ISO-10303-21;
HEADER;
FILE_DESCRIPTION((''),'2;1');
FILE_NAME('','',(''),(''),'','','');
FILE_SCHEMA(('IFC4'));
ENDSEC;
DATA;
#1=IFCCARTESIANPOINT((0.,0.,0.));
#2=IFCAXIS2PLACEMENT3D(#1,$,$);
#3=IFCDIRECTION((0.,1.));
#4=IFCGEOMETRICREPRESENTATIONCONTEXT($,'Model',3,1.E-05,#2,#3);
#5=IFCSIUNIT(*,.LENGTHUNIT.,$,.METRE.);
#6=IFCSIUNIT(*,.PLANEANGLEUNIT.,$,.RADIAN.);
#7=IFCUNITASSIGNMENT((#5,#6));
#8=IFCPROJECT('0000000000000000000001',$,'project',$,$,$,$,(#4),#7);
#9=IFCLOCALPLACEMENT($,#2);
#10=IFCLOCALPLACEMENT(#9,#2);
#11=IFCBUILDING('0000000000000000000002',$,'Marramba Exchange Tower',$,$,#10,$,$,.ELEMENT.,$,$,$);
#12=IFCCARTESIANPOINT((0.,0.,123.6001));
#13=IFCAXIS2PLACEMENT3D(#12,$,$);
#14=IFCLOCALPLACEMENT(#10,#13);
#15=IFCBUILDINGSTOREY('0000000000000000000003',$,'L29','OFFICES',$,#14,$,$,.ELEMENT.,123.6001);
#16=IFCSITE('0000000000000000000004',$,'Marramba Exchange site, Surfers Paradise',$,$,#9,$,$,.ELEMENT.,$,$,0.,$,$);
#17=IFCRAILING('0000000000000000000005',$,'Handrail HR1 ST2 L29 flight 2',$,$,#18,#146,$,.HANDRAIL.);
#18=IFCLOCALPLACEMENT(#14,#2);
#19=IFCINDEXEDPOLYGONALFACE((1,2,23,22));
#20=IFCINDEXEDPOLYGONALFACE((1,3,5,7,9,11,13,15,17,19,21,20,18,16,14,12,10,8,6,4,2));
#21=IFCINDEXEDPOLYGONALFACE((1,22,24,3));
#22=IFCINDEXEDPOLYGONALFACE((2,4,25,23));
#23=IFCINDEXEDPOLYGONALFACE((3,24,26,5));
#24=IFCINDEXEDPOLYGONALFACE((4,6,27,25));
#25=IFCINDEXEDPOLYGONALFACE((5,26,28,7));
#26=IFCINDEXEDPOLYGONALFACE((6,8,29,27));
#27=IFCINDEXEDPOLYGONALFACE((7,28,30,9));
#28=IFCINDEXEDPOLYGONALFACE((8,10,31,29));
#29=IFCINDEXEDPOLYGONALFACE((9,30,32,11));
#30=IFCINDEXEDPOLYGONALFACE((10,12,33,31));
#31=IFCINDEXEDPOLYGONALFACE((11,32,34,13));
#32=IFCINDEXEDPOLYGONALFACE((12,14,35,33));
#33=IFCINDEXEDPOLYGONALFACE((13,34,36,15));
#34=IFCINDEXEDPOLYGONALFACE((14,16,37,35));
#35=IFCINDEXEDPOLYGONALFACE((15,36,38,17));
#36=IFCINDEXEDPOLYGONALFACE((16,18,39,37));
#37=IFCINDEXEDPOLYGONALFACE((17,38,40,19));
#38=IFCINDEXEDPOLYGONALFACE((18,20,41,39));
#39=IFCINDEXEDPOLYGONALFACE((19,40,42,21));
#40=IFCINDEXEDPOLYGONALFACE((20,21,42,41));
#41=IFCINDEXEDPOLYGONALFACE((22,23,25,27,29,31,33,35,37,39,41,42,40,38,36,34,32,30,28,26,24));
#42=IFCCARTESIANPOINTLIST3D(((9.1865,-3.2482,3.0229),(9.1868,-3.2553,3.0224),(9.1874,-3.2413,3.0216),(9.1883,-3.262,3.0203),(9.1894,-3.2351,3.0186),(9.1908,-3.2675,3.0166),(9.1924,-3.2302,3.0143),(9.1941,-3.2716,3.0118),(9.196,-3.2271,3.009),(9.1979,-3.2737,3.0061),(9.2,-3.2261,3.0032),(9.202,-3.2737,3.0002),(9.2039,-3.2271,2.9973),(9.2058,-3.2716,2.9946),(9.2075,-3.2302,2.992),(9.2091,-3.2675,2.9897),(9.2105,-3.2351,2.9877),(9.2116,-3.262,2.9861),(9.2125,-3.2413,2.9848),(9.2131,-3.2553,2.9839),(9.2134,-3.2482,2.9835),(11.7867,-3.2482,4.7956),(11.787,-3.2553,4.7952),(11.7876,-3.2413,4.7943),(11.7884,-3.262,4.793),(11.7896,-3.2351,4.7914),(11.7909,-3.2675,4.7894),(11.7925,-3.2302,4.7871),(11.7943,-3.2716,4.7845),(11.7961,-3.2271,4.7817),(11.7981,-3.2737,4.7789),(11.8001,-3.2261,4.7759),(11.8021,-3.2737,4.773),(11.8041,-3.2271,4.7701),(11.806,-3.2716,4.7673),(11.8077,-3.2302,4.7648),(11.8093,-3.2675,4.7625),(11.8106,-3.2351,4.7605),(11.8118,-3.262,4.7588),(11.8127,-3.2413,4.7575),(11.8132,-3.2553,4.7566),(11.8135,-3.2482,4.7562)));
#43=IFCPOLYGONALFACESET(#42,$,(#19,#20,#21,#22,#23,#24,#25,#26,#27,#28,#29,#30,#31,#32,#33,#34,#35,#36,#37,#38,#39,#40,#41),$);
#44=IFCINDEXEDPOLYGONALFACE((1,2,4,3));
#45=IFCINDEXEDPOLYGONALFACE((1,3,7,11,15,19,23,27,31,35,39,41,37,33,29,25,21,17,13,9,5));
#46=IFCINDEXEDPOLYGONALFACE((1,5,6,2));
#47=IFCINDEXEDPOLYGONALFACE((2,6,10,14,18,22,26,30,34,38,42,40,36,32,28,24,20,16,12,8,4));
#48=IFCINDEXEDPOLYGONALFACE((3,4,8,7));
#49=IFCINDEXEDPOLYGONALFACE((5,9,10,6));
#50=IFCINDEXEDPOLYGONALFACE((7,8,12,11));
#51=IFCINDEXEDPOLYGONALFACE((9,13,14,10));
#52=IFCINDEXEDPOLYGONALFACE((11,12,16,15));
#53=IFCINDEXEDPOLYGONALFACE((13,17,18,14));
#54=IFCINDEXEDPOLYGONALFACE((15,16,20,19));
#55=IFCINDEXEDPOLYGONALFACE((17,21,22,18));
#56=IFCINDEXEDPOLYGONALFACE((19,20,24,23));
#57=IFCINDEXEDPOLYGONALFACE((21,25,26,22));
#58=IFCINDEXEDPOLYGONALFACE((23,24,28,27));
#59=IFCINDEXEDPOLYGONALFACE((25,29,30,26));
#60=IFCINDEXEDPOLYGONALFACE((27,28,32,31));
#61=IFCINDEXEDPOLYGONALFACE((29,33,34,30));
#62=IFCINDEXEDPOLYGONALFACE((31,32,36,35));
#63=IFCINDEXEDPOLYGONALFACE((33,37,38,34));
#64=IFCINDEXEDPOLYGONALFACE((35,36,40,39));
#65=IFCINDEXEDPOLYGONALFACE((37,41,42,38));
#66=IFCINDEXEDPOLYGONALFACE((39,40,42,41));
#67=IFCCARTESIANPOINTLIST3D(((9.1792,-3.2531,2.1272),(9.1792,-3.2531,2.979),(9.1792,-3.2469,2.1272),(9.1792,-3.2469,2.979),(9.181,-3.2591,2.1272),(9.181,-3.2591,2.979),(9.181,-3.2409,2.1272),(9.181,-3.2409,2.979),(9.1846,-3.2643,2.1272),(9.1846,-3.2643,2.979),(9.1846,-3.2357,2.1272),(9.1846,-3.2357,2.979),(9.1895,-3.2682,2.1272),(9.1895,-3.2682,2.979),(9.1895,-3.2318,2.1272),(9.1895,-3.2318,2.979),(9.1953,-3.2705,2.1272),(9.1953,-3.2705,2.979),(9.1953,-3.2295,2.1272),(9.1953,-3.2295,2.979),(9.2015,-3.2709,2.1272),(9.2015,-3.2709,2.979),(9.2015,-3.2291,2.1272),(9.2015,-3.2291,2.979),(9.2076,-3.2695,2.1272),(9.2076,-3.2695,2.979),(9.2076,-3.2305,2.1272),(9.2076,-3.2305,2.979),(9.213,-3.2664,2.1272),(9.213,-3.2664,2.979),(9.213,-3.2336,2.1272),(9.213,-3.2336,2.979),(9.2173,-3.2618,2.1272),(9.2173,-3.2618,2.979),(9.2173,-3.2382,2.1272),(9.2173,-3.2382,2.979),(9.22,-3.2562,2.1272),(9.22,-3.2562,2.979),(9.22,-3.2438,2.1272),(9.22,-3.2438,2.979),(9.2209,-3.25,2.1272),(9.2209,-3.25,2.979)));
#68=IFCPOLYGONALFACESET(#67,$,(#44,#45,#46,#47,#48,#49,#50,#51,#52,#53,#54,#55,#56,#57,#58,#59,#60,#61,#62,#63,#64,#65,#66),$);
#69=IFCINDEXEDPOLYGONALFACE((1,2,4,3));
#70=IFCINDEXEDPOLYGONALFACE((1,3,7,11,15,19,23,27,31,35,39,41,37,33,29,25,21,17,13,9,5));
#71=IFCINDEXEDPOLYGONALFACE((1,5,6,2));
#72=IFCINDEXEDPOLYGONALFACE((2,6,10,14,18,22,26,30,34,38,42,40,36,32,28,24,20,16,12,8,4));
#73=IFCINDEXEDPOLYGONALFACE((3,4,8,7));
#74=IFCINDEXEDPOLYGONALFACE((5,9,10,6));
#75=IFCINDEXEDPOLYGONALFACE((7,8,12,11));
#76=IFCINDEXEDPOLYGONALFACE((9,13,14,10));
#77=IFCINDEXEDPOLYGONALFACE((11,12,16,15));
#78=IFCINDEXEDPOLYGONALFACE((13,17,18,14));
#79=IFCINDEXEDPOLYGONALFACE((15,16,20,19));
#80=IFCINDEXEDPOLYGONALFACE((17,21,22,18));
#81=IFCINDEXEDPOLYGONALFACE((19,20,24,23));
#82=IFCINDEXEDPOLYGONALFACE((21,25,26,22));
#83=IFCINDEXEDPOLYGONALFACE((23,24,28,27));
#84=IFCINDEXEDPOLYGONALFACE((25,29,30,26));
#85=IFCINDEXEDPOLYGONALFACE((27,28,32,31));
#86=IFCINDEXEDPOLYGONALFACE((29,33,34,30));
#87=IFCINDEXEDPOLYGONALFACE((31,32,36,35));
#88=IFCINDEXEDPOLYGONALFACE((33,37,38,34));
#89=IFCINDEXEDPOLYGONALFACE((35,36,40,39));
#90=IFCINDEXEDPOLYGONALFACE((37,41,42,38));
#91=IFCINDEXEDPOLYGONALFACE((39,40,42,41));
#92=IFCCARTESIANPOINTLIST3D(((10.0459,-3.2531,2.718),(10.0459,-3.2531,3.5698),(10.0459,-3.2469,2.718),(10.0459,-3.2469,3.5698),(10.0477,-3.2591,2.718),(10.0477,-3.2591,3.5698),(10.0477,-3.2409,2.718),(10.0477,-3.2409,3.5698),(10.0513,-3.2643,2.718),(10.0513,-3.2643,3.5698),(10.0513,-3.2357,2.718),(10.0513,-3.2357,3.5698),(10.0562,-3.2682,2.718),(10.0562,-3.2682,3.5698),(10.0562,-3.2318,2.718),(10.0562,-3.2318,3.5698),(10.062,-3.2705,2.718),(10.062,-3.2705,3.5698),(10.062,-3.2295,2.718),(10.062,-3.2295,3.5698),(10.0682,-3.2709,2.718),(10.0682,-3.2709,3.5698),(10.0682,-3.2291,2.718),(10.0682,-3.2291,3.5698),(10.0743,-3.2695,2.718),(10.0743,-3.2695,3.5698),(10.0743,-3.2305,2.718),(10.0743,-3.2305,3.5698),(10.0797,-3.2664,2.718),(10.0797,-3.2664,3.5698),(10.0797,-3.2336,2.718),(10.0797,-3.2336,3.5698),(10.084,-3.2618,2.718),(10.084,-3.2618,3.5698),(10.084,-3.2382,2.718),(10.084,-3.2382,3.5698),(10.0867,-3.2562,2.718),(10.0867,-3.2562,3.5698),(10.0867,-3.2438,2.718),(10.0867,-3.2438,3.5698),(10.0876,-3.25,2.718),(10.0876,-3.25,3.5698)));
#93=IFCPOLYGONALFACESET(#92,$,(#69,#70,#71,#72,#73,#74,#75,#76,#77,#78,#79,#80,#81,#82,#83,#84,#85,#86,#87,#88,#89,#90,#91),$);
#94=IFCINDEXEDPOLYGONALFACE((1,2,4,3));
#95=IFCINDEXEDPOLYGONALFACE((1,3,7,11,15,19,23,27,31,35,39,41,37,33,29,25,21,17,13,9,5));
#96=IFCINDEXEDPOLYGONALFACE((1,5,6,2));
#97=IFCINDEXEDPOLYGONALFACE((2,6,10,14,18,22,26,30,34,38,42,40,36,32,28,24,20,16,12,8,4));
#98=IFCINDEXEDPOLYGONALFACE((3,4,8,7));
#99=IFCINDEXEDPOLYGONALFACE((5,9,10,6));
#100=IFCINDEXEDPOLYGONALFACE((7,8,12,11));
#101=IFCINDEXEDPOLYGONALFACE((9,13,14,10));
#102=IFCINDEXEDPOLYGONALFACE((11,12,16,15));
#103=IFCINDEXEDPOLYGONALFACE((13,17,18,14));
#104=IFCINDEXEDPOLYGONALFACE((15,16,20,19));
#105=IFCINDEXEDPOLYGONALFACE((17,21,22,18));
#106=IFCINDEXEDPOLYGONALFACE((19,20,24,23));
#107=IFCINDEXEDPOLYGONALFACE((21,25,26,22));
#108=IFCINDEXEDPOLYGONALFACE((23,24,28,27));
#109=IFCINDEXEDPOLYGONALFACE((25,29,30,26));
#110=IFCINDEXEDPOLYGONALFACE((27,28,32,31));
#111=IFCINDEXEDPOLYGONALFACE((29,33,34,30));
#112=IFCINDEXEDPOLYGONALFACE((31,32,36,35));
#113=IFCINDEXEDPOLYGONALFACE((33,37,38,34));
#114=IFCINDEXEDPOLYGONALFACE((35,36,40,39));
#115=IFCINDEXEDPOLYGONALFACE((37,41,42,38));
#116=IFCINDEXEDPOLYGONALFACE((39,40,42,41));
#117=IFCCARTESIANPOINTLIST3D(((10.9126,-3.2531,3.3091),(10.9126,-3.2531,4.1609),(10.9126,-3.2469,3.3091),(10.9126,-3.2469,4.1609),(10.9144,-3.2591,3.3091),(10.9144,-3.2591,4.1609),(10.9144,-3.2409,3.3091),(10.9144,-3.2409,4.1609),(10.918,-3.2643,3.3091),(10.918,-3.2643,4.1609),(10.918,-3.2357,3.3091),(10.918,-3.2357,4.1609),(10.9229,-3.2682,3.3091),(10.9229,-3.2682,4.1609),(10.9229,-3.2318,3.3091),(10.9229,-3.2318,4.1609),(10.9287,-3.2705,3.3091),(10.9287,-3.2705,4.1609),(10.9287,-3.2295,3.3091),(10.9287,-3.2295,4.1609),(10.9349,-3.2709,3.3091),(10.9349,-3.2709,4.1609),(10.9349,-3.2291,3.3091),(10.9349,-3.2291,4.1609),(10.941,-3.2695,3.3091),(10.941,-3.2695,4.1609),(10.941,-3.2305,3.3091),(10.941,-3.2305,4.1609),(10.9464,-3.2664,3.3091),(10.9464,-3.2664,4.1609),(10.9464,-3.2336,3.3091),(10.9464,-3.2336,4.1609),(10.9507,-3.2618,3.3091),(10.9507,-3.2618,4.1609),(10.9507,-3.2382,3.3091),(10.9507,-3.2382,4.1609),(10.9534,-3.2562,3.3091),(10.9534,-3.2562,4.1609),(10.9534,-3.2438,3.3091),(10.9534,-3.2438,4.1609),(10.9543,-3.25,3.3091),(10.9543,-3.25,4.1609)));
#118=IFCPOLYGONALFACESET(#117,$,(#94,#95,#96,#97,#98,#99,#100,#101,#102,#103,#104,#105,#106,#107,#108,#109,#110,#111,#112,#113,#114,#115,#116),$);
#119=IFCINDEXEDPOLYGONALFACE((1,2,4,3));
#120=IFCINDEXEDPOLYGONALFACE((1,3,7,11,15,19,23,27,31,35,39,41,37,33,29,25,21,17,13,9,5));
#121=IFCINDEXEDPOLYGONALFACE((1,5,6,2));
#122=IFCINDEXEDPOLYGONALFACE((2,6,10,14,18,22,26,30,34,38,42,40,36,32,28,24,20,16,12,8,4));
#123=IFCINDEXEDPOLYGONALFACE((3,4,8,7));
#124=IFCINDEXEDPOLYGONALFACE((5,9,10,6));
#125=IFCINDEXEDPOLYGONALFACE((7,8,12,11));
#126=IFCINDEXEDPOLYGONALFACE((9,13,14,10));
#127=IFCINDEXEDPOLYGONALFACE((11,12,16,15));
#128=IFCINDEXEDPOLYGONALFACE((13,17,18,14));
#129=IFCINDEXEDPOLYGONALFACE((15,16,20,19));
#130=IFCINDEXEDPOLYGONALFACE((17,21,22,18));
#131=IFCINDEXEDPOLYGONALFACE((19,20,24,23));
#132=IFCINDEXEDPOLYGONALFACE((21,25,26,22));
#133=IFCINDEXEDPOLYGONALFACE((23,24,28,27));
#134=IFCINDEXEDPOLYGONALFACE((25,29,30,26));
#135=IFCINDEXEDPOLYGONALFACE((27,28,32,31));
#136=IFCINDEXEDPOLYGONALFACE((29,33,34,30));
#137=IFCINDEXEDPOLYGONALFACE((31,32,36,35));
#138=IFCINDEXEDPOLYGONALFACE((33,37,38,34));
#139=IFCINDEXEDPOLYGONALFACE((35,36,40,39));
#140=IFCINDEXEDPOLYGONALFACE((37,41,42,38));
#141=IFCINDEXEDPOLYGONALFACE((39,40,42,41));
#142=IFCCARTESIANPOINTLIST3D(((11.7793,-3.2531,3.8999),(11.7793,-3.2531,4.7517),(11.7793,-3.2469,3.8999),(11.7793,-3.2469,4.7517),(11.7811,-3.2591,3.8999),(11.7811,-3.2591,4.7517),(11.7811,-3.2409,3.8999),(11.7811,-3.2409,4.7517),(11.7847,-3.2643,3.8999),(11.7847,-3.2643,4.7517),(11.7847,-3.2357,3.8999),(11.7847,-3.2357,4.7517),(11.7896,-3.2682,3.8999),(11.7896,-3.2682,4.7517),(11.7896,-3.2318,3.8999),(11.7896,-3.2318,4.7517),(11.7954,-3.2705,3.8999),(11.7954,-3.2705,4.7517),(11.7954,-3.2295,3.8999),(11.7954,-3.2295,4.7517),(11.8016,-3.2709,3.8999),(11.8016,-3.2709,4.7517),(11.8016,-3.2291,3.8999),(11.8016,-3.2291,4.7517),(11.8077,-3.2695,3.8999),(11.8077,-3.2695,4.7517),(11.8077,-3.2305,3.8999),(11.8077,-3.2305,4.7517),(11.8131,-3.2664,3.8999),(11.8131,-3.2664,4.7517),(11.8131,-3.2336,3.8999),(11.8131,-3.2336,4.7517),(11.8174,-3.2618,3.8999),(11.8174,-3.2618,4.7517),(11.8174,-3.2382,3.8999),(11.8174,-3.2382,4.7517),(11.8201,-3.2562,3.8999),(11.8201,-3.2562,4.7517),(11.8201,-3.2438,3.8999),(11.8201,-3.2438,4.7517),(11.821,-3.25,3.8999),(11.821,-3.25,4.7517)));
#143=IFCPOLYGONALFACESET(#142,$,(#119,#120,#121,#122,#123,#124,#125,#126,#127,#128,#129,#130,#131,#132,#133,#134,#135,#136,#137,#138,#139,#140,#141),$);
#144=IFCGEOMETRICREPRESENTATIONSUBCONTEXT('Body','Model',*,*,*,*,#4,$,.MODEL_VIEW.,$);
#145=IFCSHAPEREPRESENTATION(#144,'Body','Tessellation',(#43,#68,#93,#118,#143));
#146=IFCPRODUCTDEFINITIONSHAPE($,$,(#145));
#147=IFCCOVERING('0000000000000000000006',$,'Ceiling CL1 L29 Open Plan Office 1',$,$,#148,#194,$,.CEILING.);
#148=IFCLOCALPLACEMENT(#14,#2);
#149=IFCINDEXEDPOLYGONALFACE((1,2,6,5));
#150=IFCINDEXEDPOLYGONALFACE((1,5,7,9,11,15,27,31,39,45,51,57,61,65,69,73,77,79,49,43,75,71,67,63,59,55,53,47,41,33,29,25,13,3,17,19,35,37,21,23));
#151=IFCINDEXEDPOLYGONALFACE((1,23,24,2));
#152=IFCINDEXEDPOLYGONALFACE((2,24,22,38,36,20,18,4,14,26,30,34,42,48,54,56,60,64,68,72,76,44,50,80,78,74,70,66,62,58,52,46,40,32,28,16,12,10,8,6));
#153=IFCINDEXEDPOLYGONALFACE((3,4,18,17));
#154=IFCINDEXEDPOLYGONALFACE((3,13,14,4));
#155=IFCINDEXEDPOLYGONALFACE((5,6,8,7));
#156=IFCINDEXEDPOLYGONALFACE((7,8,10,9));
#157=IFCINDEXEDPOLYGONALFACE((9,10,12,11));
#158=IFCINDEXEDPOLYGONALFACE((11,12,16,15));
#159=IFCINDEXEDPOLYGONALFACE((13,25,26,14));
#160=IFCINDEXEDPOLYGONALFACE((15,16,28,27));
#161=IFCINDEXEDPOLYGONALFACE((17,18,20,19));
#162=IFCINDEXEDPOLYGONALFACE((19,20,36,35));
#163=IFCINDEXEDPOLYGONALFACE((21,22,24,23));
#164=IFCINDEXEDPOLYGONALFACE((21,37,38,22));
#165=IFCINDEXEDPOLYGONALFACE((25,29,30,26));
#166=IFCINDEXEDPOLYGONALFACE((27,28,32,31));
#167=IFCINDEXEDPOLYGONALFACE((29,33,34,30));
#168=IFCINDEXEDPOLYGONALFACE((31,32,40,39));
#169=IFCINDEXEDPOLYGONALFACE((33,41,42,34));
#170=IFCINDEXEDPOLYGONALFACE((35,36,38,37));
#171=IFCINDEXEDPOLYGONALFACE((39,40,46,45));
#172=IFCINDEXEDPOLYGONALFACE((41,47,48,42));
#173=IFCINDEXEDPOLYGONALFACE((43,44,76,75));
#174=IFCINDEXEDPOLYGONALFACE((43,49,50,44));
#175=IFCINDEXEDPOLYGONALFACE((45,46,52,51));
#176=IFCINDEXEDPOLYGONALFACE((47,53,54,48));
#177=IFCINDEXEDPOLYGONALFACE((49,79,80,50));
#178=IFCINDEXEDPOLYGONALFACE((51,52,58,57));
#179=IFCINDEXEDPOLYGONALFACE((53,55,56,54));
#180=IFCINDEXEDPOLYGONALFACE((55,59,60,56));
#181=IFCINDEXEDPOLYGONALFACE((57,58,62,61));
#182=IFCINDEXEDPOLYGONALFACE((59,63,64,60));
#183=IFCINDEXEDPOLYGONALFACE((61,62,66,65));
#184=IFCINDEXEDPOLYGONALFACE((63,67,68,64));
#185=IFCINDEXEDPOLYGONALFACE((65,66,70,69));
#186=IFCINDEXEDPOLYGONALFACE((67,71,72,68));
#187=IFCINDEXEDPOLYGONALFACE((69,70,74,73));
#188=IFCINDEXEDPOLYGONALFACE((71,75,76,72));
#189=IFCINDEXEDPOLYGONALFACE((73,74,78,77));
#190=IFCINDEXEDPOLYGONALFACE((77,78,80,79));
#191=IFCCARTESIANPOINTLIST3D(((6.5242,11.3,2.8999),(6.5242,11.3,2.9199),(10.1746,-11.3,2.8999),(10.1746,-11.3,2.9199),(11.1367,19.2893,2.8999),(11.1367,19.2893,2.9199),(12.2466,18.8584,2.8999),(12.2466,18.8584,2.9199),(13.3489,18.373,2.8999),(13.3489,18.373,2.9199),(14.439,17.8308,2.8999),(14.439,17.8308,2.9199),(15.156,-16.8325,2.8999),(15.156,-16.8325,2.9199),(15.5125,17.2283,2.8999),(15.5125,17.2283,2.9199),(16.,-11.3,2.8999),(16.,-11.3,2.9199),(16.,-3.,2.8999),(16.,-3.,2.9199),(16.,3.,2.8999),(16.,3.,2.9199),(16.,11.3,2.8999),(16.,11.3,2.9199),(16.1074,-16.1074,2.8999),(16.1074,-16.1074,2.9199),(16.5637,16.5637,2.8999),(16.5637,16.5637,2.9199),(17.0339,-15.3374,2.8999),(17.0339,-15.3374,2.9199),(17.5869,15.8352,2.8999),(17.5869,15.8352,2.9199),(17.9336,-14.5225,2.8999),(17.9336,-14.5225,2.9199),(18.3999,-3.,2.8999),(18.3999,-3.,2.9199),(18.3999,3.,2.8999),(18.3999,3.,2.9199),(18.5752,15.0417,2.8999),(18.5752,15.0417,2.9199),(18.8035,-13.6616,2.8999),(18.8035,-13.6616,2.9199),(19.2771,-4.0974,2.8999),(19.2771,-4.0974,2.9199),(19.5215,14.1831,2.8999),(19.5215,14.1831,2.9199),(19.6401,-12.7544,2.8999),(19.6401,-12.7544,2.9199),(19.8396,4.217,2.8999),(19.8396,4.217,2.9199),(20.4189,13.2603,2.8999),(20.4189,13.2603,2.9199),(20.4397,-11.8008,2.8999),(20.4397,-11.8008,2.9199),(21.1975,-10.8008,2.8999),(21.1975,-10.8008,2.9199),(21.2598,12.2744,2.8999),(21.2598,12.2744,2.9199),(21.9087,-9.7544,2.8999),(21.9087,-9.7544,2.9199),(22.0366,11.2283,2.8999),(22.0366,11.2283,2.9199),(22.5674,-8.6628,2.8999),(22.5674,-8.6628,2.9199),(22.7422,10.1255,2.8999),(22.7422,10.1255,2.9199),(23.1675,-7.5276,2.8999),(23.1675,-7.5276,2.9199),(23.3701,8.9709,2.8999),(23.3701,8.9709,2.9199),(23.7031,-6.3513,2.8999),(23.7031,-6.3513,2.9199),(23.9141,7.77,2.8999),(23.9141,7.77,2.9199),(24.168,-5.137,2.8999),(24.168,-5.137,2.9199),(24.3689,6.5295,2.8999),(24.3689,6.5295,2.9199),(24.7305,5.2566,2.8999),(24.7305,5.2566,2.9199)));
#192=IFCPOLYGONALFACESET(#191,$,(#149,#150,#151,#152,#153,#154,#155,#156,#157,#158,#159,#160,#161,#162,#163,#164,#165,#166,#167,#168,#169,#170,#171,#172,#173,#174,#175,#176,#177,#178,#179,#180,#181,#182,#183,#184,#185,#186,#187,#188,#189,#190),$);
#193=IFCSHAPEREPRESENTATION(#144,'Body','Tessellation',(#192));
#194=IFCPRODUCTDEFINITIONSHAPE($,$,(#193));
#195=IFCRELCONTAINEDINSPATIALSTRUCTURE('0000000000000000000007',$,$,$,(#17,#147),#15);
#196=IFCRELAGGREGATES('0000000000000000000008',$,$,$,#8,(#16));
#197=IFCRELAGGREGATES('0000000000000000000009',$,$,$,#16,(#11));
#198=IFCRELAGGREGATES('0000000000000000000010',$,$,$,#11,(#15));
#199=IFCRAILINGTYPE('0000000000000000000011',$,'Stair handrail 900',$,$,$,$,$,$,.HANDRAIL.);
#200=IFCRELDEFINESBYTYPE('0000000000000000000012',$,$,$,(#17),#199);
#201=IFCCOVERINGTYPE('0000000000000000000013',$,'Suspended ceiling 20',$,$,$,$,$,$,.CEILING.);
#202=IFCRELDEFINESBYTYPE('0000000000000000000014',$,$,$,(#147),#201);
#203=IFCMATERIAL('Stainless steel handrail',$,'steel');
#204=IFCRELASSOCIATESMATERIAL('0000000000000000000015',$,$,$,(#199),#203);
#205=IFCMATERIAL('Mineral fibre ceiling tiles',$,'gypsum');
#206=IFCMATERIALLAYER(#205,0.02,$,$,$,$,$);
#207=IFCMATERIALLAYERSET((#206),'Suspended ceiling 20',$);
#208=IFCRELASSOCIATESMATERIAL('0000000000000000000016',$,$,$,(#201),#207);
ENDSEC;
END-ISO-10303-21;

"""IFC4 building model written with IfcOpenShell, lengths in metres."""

from ifc_helpers import new_model, si_unit, direction, frame, origin, origin_2d, place, context, subcontext, project, spatial, polyline, circle, outline, extrude, material, layer, layer_set, type_object, element, save


model = new_model("IFC4")

# Units and contexts
model_context = context("Model", 3, precision=1e-05, world=origin(), true_north=direction((0.0, 1.0)))
body_context = subcontext(model_context, "Body", "Model", "MODEL_VIEW")
ifc_project = project(units=[si_unit("LENGTHUNIT", "METRE"), si_unit("PLANEANGLEUNIT", "RADIAN")], contexts=[model_context])

# Site, building, storey
site_placement = place(None, origin())
site = spatial("IfcSite", under=ifc_project, at=site_placement, Name="Marramba Exchange site, Surfers Paradise", CompositionType="ELEMENT", RefElevation=0.0)
building_placement = place(site_placement, origin())
building = spatial("IfcBuilding", under=site, at=building_placement, Name="Marramba Exchange Tower", CompositionType="ELEMENT")
storey_placement = place(building_placement, frame((0.0, 0.0, 123.6001)))
storey = spatial("IfcBuildingStorey", under=building, at=storey_placement, Name="L29", Description="OFFICES", CompositionType="ELEMENT", Elevation=123.6001)

# Railing
ifc_material_1 = material(Name="Stainless steel handrail", Category="steel")
railing_type = type_object("IfcRailingType", Name="Stair handrail 900", PredefinedType="HANDRAIL", material=ifc_material_1)
railing_placement = place(storey_placement, frame((9.2, -3.25, 2.1272)))
element("IfcRailing", 1, at=railing_placement, inside=storey, type_object=railing_type, Name="Handrail HR1 ST2 L29 flight 2", PredefinedType="HANDRAIL", context=body_context, shape_type="SweptSolid", body=[
    extrude(circle(Radius=0.0239, at=origin_2d()), frame((0.0, 0.0, 0.876), z_axis=(0.82624, 0.0, 0.563318), x_axis=(0.0, 1.0, 0.0)), (0.0, 0.0, 1.0), 3.147),
    extrude(circle(Radius=0.021, at=origin_2d()), origin(), (0.0, 0.0, 1.0), 0.8518),
    extrude(circle(Radius=0.021, at=origin_2d()), frame((0.8667, 0.0, 0.5908)), (0.0, 0.0, 1.0), 0.8518),
    extrude(circle(Radius=0.021, at=origin_2d()), frame((1.7334, 0.0, 1.1819)), (0.0, 0.0, 1.0), 0.8518),
    extrude(circle(Radius=0.021, at=origin_2d()), frame((2.6001, 0.0, 1.7727)), (0.0, 0.0, 1.0), 0.8518),
])

# Covering
ifc_material_2 = material(Name="Mineral fibre ceiling tiles", Category="gypsum")
ifc_layer_1 = layer(ifc_material_2, 0.02)
ifc_layer_set_1 = layer_set([ifc_layer_1], Name="Suspended ceiling 20")
covering_type = type_object("IfcCoveringType", Name="Suspended ceiling 20", PredefinedType="CEILING", material=ifc_layer_set_1)
covering_1_placement = place(storey_placement, frame((0.0, 0.0, 2.8999)))
element("IfcCovering", 2, at=covering_1_placement, inside=storey, type_object=covering_type, Name="Ceiling CL1 L29 Open Plan Office 1", PredefinedType="CEILING", context=body_context, shape_type="SweptSolid", body=[
    extrude(outline(polyline([(16.0, -3.0), (18.3999, -3.0), (18.3999, 3.0), (16.0, 3.0), (16.0, 11.3), (6.5242, 11.3), (11.1367, 19.2893), (12.2466, 18.8584), (13.3489, 18.373), (14.439, 17.8308), (15.5125, 17.2283), (16.5637, 16.5637), (17.5869, 15.8352), (18.5752, 15.0417), (19.5215, 14.1831), (20.4189, 13.2603), (21.2598, 12.2744), (22.0366, 11.2283), (22.7422, 10.1255), (23.3701, 8.9709), (23.9141, 7.77), (24.3689, 6.5295), (24.7305, 5.2566), (19.8396, 4.217), (19.2771, -4.0974), (24.168, -5.137), (23.7031, -6.3513), (23.1675, -7.5276), (22.5674, -8.6628), (21.9087, -9.7544), (21.1975, -10.8008), (20.4397, -11.8008), (19.6401, -12.7544), (18.8035, -13.6616), (17.9336, -14.5225), (17.0339, -15.3374), (16.1074, -16.1074), (15.156, -16.8325), (10.1746, -11.3), (16.0, -11.3), (16.0, -3.0)])), origin(), (0.0, 0.0, 1.0), 0.02),
])

save(model, "model.ifc")
